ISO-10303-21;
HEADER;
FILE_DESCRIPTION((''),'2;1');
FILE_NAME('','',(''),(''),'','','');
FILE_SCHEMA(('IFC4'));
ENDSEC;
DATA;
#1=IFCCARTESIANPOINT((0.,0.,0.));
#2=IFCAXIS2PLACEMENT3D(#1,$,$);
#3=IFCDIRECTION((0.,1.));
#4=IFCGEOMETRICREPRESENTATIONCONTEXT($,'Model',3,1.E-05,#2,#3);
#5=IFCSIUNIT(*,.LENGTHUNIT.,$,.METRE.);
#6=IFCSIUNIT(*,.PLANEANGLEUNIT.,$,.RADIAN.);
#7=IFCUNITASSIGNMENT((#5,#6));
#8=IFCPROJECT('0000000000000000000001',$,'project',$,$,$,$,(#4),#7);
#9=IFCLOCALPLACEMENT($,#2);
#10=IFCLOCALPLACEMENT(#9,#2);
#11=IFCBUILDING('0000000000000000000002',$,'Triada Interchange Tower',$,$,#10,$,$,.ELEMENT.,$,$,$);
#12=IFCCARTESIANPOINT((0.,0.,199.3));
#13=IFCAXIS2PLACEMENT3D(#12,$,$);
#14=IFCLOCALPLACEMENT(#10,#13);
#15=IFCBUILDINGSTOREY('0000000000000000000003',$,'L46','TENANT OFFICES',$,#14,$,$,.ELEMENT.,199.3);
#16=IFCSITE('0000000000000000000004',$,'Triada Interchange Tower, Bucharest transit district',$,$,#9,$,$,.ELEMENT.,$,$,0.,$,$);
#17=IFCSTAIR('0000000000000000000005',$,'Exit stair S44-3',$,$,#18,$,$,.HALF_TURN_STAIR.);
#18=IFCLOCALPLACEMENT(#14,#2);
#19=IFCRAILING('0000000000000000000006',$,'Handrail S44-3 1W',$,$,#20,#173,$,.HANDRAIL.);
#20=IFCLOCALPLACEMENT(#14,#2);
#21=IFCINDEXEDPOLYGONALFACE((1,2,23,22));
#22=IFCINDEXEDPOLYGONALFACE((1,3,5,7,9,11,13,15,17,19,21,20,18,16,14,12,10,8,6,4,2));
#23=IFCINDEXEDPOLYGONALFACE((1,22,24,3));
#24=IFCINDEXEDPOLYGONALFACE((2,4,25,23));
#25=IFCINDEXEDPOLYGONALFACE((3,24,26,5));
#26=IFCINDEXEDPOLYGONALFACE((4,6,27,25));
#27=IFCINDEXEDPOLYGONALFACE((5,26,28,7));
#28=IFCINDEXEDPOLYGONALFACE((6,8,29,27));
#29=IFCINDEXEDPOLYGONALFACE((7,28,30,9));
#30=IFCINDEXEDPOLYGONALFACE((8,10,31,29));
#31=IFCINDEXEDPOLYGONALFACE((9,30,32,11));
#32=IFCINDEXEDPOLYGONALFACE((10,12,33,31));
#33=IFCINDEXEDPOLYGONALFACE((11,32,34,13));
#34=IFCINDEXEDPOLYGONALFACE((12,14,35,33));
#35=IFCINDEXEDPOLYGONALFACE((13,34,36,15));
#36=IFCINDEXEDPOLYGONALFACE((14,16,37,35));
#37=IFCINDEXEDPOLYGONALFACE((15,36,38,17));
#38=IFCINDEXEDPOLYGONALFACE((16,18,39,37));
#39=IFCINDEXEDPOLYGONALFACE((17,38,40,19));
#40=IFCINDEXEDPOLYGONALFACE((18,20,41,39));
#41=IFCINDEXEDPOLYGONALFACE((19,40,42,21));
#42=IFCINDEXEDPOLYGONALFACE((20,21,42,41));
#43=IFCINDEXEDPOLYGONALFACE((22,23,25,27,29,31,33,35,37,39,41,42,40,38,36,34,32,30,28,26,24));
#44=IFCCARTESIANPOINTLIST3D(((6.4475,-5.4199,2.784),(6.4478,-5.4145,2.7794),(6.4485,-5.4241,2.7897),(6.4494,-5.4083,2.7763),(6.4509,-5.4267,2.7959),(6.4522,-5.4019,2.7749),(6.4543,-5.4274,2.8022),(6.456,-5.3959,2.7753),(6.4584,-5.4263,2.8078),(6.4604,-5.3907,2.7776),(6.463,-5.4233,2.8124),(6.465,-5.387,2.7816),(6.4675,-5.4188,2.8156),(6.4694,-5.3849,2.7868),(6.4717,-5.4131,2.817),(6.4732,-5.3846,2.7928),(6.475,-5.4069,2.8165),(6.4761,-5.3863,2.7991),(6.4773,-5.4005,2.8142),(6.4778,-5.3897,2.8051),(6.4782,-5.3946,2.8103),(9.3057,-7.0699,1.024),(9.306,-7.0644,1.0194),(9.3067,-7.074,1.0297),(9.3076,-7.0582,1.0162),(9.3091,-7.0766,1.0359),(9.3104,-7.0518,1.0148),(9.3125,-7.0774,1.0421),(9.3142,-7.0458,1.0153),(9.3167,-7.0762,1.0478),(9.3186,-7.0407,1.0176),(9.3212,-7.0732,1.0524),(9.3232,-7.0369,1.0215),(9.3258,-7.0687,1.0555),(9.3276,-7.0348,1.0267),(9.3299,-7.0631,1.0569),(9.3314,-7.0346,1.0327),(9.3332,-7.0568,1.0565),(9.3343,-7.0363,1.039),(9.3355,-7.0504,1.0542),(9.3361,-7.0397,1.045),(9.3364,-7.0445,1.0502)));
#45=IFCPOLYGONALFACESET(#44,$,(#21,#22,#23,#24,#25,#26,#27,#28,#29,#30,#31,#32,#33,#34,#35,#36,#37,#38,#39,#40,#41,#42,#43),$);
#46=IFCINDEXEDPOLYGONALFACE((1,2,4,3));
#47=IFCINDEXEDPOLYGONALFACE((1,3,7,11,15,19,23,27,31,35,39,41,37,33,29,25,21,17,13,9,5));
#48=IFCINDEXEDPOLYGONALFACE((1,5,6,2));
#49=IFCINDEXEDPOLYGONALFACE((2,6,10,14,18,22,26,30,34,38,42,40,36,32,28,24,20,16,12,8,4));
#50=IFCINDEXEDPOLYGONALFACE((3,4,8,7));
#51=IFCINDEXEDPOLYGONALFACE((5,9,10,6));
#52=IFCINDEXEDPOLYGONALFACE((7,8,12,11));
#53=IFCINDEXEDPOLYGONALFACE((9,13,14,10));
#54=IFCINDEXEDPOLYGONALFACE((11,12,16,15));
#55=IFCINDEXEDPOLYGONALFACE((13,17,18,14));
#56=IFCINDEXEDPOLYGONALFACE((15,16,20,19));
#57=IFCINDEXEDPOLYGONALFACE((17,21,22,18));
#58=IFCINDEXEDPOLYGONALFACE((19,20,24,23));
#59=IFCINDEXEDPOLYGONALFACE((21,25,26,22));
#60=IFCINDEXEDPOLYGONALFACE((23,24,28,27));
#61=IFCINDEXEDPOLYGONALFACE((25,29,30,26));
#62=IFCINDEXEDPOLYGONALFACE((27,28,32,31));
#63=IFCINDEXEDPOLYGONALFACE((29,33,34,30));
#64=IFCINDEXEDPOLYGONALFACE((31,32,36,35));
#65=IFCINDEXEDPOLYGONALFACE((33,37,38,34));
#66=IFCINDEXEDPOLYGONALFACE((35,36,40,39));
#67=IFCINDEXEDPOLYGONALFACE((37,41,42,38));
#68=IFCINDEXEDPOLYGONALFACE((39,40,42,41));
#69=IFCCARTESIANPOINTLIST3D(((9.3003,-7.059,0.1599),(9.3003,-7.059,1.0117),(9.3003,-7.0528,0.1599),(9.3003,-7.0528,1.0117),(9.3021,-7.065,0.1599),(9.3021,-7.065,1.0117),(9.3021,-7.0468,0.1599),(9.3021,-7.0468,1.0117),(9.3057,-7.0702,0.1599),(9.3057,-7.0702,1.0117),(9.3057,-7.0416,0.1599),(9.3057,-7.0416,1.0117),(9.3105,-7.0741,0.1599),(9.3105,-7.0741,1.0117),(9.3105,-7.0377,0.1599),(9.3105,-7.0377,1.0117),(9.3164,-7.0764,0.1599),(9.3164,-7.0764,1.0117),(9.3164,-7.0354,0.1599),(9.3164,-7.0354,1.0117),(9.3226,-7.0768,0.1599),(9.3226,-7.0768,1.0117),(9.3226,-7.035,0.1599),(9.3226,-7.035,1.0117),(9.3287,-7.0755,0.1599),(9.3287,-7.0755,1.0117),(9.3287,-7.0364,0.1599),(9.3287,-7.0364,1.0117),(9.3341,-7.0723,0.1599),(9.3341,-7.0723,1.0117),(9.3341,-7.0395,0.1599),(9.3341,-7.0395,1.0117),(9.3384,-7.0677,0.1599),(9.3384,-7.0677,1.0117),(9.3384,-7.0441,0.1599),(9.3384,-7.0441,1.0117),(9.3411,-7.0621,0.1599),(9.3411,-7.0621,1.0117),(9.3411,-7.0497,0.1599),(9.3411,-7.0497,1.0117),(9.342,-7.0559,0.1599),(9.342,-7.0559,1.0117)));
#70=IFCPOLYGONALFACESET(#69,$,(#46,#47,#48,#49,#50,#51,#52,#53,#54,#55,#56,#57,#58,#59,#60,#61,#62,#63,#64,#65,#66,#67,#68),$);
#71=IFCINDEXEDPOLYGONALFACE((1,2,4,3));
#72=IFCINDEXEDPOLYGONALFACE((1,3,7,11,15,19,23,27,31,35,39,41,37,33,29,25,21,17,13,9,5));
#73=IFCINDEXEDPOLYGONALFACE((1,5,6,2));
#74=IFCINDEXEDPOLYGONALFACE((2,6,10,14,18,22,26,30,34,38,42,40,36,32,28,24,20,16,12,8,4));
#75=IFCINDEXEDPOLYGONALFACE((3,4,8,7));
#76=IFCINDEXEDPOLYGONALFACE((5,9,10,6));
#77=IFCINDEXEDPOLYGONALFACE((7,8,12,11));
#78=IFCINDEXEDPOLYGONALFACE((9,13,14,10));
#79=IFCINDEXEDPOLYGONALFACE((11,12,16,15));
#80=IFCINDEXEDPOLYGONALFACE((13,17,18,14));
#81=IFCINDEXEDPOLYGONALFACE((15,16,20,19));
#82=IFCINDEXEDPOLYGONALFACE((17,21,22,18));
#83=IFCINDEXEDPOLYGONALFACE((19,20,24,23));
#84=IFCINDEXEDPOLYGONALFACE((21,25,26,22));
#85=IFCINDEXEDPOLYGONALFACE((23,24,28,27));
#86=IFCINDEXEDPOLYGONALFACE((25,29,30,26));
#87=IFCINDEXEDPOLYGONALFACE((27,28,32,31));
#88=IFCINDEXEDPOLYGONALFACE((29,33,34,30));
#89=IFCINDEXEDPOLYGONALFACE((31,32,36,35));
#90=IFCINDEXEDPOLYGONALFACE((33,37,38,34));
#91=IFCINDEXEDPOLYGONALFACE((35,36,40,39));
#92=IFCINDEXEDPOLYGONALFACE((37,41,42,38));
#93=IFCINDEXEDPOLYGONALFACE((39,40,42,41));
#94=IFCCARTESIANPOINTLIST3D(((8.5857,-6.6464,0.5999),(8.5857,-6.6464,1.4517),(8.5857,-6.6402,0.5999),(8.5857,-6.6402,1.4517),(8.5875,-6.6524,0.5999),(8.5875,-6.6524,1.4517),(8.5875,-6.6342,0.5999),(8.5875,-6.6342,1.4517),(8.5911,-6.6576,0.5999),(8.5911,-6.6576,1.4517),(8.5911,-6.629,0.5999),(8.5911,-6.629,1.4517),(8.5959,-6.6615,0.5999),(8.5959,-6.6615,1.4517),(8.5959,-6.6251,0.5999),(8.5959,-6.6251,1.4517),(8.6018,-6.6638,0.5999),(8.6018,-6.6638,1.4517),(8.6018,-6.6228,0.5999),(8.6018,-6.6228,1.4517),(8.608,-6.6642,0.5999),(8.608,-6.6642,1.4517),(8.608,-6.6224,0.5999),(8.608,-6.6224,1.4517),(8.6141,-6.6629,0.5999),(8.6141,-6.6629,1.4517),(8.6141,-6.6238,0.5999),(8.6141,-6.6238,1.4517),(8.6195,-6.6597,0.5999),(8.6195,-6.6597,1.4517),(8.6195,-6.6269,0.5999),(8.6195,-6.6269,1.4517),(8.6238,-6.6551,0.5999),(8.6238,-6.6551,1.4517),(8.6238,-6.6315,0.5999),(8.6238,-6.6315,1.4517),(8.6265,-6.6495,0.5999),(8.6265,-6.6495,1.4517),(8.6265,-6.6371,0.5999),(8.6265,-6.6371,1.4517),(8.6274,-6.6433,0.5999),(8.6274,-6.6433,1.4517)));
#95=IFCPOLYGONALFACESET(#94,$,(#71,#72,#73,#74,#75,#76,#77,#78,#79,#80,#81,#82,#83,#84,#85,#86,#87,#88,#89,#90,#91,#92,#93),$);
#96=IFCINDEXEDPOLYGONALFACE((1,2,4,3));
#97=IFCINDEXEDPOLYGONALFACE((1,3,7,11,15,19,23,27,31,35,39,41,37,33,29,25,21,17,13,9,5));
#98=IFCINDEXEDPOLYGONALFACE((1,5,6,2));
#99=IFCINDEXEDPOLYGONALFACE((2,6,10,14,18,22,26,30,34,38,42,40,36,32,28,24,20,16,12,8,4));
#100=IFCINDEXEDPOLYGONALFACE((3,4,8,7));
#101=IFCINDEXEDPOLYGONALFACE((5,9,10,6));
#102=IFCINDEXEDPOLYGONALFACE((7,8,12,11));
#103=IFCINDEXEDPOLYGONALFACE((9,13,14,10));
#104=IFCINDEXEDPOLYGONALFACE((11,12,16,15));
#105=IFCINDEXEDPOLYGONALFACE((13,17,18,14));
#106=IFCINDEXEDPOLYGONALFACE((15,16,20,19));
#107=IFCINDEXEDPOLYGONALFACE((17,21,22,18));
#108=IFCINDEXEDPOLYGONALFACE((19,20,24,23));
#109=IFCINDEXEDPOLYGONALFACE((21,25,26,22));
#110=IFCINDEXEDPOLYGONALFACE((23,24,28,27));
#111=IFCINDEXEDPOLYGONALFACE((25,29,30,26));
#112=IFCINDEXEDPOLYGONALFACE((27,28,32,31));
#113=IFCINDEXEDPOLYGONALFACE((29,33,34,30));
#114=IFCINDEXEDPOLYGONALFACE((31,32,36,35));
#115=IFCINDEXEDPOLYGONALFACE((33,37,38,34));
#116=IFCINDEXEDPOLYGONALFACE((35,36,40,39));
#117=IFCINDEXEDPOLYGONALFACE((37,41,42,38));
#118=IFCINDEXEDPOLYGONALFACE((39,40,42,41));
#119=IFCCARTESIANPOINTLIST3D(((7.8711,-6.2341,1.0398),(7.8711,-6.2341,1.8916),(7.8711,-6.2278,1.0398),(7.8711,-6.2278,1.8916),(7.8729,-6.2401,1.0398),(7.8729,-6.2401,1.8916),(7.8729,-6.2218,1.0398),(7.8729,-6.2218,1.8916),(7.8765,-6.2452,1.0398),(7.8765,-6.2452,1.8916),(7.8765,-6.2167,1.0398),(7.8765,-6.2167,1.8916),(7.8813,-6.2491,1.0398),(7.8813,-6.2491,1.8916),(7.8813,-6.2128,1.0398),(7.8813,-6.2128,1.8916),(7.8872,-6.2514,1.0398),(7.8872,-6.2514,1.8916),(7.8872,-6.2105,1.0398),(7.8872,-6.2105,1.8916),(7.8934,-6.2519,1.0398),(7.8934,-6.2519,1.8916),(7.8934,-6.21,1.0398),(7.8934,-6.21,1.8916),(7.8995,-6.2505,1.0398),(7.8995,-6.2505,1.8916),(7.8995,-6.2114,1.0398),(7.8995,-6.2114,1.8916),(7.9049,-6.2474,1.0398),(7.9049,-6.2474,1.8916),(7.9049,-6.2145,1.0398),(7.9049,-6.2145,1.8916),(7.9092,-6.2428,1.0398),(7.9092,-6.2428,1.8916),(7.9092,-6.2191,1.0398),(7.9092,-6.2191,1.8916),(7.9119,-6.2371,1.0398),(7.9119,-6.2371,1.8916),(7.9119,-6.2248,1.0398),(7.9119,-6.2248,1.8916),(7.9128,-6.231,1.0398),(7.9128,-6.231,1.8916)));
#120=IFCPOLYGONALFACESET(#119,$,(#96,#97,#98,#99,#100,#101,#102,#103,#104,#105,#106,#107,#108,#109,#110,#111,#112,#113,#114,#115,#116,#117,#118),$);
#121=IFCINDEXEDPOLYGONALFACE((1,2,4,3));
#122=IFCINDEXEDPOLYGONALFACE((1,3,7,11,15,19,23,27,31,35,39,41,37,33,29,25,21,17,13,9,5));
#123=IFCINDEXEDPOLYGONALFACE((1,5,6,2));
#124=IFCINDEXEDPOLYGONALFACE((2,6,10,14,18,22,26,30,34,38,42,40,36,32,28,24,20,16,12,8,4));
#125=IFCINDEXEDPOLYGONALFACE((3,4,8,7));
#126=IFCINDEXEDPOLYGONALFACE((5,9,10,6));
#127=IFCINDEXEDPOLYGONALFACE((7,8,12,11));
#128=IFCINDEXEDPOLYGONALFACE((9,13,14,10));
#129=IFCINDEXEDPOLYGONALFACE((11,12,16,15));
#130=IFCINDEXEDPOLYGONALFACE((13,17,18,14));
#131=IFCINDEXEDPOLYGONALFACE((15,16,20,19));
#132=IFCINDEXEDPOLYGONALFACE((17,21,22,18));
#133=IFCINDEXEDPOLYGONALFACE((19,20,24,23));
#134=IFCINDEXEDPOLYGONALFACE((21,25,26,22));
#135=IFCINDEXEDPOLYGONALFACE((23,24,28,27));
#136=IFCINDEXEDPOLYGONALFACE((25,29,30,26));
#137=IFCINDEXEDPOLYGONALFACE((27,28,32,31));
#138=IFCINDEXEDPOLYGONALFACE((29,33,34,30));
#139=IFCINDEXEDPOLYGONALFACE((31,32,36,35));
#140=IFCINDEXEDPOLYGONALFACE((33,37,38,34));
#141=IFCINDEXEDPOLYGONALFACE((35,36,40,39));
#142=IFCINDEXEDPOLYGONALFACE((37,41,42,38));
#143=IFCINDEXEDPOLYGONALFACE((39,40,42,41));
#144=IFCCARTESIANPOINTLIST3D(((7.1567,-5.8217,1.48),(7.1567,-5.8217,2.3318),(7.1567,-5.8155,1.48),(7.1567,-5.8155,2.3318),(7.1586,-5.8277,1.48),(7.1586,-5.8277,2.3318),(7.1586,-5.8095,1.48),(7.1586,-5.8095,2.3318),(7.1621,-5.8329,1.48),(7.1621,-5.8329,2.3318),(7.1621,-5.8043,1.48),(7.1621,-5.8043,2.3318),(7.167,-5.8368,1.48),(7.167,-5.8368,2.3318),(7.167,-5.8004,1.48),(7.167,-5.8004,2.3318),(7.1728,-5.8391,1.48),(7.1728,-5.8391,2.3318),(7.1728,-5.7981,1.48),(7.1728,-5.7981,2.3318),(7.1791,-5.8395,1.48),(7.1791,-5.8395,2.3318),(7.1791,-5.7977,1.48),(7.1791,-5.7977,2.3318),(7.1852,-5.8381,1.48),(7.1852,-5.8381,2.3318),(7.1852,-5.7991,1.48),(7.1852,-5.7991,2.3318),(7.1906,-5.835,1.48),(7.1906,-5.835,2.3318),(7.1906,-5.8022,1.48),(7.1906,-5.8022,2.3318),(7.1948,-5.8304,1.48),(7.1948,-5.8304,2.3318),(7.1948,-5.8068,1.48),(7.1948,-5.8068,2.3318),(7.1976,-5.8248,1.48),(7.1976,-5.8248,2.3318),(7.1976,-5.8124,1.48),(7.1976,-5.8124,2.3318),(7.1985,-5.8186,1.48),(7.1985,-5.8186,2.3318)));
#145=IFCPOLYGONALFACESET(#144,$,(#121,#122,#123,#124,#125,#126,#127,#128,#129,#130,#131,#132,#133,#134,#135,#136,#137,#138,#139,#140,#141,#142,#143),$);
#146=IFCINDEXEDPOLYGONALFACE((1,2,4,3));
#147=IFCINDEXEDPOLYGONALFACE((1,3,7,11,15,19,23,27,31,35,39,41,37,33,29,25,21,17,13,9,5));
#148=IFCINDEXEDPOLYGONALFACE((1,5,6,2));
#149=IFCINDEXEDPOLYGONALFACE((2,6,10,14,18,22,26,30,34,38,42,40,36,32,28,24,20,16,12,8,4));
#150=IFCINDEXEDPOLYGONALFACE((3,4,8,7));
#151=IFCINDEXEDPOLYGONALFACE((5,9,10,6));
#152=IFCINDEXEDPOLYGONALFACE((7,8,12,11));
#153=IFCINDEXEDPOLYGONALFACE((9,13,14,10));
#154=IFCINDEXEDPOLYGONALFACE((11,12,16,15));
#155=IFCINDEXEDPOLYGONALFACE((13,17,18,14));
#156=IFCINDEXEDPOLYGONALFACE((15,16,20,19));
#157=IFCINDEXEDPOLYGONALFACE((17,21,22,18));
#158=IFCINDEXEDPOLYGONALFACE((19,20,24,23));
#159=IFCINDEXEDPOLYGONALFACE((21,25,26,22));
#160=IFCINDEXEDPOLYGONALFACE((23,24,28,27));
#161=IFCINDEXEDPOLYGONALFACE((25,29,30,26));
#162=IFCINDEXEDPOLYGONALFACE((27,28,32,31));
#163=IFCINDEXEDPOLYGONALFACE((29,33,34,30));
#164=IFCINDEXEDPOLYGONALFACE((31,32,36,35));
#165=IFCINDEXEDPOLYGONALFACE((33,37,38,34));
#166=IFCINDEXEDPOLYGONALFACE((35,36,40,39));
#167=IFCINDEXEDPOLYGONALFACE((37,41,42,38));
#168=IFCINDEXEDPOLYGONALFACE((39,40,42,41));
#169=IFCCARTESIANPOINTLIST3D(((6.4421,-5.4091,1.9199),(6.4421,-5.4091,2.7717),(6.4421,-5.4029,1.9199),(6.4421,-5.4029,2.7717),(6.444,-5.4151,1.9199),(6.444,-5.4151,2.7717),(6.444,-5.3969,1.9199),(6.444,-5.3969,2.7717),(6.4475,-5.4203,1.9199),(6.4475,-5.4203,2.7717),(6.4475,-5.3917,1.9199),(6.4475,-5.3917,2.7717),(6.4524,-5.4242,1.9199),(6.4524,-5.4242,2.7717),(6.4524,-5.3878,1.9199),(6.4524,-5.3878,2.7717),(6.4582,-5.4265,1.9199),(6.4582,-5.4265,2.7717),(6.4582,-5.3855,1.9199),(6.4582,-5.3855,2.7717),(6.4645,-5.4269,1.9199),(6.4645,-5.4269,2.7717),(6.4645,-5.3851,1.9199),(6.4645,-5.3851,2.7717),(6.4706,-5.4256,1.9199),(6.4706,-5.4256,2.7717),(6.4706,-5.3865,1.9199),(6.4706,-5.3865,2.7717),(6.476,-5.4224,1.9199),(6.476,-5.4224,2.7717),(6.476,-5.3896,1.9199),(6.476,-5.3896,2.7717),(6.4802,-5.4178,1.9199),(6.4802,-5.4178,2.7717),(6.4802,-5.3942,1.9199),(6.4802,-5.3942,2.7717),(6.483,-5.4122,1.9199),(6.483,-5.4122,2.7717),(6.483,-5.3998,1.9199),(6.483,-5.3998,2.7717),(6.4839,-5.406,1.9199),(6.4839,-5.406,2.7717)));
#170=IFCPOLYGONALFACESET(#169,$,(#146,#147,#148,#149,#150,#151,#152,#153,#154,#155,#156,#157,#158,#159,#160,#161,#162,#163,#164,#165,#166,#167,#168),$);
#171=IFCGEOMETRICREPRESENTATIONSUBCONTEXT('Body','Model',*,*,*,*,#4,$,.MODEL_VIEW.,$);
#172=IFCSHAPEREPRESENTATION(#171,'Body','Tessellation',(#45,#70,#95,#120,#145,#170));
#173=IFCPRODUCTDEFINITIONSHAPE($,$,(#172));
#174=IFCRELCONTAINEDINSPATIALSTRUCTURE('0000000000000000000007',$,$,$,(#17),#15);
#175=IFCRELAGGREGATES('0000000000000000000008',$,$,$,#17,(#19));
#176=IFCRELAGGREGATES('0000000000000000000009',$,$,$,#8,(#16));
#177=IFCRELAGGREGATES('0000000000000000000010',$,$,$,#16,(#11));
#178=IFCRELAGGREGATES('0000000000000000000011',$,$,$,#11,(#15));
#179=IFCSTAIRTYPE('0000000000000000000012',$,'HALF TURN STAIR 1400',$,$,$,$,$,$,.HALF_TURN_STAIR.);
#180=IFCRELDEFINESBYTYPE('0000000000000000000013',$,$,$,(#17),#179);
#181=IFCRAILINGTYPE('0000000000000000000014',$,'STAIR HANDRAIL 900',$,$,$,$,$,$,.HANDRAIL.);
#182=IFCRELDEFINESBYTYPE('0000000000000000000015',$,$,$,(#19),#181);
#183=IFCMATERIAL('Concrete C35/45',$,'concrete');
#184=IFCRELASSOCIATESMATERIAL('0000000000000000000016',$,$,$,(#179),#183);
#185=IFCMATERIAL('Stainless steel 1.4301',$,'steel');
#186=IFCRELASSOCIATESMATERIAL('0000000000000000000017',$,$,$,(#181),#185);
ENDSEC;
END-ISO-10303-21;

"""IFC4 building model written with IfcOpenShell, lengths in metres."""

from ifc_helpers import new_model, si_unit, direction, frame, origin, origin_2d, place, context, subcontext, project, spatial, circle, extrude, material, type_object, element, aggregate, save


model = new_model("IFC4")

# Units and contexts
model_context = context("Model", 3, precision=1e-05, world=origin(), true_north=direction((0.0, 1.0)))
body_context = subcontext(model_context, "Body", "Model", "MODEL_VIEW")
ifc_project = project(units=[si_unit("LENGTHUNIT", "METRE"), si_unit("PLANEANGLEUNIT", "RADIAN")], contexts=[model_context])

# Site, building, storey
site_placement = place(None, origin())
site = spatial("IfcSite", under=ifc_project, at=site_placement, Name="Triada Interchange Tower, Bucharest transit district", CompositionType="ELEMENT", RefElevation=0.0)
building_placement = place(site_placement, origin())
building = spatial("IfcBuilding", under=site, at=building_placement, Name="Triada Interchange Tower", CompositionType="ELEMENT")
storey_placement = place(building_placement, frame((0.0, 0.0, 199.3)))
storey = spatial("IfcBuildingStorey", under=building, at=storey_placement, Name="L46", Description="TENANT OFFICES", CompositionType="ELEMENT", Elevation=199.3)

# Stair, railing
ifc_material_1 = material(Name="Concrete C35/45", Category="concrete")
stair_type = type_object("IfcStairType", Name="HALF TURN STAIR 1400", PredefinedType="HALF_TURN_STAIR", material=ifc_material_1)
stair_placement = place(storey_placement, origin())
stair = element("IfcStair", 1, at=stair_placement, inside=storey, type_object=stair_type, Name="Exit stair S44-3", PredefinedType="HALF_TURN_STAIR")
ifc_material_2 = material(Name="Stainless steel 1.4301", Category="steel")
railing_type = type_object("IfcRailingType", Name="STAIR HANDRAIL 900", PredefinedType="HANDRAIL", material=ifc_material_2)
railing_1_placement = place(storey_placement, frame((9.321, -7.0559, 0.1599)))
railing_1 = element("IfcRailing", 2, at=railing_1_placement, type_object=railing_type, Name="Handrail S44-3 1W", PredefinedType="HANDRAIL", context=body_context, shape_type="SweptSolid", body=[
    extrude(circle(Radius=0.0239, at=origin_2d()), frame((0.0, 0.0, 0.876), z_axis=(-0.764178, 0.441131, 0.47057), x_axis=(-0.499942, -0.866059, 0.0)), (0.0, 0.0, 1.0), 3.7402),
    extrude(circle(Radius=0.021, at=origin_2d()), origin(), (0.0, 0.0, 1.0), 0.8518),
    extrude(circle(Radius=0.021, at=origin_2d()), frame((-0.7146, 0.4126, 0.4399)), (0.0, 0.0, 1.0), 0.8518),
    extrude(circle(Radius=0.021, at=origin_2d()), frame((-1.4292, 0.825, 0.8799)), (0.0, 0.0, 1.0), 0.8518),
    extrude(circle(Radius=0.021, at=origin_2d()), frame((-2.1436, 1.2373, 1.3201)), (0.0, 0.0, 1.0), 0.8518),
    extrude(circle(Radius=0.021, at=origin_2d()), frame((-2.8582, 1.6499, 1.76)), (0.0, 0.0, 1.0), 0.8518),
])
aggregate(stair, [railing_1])

save(model, "model.ifc")
